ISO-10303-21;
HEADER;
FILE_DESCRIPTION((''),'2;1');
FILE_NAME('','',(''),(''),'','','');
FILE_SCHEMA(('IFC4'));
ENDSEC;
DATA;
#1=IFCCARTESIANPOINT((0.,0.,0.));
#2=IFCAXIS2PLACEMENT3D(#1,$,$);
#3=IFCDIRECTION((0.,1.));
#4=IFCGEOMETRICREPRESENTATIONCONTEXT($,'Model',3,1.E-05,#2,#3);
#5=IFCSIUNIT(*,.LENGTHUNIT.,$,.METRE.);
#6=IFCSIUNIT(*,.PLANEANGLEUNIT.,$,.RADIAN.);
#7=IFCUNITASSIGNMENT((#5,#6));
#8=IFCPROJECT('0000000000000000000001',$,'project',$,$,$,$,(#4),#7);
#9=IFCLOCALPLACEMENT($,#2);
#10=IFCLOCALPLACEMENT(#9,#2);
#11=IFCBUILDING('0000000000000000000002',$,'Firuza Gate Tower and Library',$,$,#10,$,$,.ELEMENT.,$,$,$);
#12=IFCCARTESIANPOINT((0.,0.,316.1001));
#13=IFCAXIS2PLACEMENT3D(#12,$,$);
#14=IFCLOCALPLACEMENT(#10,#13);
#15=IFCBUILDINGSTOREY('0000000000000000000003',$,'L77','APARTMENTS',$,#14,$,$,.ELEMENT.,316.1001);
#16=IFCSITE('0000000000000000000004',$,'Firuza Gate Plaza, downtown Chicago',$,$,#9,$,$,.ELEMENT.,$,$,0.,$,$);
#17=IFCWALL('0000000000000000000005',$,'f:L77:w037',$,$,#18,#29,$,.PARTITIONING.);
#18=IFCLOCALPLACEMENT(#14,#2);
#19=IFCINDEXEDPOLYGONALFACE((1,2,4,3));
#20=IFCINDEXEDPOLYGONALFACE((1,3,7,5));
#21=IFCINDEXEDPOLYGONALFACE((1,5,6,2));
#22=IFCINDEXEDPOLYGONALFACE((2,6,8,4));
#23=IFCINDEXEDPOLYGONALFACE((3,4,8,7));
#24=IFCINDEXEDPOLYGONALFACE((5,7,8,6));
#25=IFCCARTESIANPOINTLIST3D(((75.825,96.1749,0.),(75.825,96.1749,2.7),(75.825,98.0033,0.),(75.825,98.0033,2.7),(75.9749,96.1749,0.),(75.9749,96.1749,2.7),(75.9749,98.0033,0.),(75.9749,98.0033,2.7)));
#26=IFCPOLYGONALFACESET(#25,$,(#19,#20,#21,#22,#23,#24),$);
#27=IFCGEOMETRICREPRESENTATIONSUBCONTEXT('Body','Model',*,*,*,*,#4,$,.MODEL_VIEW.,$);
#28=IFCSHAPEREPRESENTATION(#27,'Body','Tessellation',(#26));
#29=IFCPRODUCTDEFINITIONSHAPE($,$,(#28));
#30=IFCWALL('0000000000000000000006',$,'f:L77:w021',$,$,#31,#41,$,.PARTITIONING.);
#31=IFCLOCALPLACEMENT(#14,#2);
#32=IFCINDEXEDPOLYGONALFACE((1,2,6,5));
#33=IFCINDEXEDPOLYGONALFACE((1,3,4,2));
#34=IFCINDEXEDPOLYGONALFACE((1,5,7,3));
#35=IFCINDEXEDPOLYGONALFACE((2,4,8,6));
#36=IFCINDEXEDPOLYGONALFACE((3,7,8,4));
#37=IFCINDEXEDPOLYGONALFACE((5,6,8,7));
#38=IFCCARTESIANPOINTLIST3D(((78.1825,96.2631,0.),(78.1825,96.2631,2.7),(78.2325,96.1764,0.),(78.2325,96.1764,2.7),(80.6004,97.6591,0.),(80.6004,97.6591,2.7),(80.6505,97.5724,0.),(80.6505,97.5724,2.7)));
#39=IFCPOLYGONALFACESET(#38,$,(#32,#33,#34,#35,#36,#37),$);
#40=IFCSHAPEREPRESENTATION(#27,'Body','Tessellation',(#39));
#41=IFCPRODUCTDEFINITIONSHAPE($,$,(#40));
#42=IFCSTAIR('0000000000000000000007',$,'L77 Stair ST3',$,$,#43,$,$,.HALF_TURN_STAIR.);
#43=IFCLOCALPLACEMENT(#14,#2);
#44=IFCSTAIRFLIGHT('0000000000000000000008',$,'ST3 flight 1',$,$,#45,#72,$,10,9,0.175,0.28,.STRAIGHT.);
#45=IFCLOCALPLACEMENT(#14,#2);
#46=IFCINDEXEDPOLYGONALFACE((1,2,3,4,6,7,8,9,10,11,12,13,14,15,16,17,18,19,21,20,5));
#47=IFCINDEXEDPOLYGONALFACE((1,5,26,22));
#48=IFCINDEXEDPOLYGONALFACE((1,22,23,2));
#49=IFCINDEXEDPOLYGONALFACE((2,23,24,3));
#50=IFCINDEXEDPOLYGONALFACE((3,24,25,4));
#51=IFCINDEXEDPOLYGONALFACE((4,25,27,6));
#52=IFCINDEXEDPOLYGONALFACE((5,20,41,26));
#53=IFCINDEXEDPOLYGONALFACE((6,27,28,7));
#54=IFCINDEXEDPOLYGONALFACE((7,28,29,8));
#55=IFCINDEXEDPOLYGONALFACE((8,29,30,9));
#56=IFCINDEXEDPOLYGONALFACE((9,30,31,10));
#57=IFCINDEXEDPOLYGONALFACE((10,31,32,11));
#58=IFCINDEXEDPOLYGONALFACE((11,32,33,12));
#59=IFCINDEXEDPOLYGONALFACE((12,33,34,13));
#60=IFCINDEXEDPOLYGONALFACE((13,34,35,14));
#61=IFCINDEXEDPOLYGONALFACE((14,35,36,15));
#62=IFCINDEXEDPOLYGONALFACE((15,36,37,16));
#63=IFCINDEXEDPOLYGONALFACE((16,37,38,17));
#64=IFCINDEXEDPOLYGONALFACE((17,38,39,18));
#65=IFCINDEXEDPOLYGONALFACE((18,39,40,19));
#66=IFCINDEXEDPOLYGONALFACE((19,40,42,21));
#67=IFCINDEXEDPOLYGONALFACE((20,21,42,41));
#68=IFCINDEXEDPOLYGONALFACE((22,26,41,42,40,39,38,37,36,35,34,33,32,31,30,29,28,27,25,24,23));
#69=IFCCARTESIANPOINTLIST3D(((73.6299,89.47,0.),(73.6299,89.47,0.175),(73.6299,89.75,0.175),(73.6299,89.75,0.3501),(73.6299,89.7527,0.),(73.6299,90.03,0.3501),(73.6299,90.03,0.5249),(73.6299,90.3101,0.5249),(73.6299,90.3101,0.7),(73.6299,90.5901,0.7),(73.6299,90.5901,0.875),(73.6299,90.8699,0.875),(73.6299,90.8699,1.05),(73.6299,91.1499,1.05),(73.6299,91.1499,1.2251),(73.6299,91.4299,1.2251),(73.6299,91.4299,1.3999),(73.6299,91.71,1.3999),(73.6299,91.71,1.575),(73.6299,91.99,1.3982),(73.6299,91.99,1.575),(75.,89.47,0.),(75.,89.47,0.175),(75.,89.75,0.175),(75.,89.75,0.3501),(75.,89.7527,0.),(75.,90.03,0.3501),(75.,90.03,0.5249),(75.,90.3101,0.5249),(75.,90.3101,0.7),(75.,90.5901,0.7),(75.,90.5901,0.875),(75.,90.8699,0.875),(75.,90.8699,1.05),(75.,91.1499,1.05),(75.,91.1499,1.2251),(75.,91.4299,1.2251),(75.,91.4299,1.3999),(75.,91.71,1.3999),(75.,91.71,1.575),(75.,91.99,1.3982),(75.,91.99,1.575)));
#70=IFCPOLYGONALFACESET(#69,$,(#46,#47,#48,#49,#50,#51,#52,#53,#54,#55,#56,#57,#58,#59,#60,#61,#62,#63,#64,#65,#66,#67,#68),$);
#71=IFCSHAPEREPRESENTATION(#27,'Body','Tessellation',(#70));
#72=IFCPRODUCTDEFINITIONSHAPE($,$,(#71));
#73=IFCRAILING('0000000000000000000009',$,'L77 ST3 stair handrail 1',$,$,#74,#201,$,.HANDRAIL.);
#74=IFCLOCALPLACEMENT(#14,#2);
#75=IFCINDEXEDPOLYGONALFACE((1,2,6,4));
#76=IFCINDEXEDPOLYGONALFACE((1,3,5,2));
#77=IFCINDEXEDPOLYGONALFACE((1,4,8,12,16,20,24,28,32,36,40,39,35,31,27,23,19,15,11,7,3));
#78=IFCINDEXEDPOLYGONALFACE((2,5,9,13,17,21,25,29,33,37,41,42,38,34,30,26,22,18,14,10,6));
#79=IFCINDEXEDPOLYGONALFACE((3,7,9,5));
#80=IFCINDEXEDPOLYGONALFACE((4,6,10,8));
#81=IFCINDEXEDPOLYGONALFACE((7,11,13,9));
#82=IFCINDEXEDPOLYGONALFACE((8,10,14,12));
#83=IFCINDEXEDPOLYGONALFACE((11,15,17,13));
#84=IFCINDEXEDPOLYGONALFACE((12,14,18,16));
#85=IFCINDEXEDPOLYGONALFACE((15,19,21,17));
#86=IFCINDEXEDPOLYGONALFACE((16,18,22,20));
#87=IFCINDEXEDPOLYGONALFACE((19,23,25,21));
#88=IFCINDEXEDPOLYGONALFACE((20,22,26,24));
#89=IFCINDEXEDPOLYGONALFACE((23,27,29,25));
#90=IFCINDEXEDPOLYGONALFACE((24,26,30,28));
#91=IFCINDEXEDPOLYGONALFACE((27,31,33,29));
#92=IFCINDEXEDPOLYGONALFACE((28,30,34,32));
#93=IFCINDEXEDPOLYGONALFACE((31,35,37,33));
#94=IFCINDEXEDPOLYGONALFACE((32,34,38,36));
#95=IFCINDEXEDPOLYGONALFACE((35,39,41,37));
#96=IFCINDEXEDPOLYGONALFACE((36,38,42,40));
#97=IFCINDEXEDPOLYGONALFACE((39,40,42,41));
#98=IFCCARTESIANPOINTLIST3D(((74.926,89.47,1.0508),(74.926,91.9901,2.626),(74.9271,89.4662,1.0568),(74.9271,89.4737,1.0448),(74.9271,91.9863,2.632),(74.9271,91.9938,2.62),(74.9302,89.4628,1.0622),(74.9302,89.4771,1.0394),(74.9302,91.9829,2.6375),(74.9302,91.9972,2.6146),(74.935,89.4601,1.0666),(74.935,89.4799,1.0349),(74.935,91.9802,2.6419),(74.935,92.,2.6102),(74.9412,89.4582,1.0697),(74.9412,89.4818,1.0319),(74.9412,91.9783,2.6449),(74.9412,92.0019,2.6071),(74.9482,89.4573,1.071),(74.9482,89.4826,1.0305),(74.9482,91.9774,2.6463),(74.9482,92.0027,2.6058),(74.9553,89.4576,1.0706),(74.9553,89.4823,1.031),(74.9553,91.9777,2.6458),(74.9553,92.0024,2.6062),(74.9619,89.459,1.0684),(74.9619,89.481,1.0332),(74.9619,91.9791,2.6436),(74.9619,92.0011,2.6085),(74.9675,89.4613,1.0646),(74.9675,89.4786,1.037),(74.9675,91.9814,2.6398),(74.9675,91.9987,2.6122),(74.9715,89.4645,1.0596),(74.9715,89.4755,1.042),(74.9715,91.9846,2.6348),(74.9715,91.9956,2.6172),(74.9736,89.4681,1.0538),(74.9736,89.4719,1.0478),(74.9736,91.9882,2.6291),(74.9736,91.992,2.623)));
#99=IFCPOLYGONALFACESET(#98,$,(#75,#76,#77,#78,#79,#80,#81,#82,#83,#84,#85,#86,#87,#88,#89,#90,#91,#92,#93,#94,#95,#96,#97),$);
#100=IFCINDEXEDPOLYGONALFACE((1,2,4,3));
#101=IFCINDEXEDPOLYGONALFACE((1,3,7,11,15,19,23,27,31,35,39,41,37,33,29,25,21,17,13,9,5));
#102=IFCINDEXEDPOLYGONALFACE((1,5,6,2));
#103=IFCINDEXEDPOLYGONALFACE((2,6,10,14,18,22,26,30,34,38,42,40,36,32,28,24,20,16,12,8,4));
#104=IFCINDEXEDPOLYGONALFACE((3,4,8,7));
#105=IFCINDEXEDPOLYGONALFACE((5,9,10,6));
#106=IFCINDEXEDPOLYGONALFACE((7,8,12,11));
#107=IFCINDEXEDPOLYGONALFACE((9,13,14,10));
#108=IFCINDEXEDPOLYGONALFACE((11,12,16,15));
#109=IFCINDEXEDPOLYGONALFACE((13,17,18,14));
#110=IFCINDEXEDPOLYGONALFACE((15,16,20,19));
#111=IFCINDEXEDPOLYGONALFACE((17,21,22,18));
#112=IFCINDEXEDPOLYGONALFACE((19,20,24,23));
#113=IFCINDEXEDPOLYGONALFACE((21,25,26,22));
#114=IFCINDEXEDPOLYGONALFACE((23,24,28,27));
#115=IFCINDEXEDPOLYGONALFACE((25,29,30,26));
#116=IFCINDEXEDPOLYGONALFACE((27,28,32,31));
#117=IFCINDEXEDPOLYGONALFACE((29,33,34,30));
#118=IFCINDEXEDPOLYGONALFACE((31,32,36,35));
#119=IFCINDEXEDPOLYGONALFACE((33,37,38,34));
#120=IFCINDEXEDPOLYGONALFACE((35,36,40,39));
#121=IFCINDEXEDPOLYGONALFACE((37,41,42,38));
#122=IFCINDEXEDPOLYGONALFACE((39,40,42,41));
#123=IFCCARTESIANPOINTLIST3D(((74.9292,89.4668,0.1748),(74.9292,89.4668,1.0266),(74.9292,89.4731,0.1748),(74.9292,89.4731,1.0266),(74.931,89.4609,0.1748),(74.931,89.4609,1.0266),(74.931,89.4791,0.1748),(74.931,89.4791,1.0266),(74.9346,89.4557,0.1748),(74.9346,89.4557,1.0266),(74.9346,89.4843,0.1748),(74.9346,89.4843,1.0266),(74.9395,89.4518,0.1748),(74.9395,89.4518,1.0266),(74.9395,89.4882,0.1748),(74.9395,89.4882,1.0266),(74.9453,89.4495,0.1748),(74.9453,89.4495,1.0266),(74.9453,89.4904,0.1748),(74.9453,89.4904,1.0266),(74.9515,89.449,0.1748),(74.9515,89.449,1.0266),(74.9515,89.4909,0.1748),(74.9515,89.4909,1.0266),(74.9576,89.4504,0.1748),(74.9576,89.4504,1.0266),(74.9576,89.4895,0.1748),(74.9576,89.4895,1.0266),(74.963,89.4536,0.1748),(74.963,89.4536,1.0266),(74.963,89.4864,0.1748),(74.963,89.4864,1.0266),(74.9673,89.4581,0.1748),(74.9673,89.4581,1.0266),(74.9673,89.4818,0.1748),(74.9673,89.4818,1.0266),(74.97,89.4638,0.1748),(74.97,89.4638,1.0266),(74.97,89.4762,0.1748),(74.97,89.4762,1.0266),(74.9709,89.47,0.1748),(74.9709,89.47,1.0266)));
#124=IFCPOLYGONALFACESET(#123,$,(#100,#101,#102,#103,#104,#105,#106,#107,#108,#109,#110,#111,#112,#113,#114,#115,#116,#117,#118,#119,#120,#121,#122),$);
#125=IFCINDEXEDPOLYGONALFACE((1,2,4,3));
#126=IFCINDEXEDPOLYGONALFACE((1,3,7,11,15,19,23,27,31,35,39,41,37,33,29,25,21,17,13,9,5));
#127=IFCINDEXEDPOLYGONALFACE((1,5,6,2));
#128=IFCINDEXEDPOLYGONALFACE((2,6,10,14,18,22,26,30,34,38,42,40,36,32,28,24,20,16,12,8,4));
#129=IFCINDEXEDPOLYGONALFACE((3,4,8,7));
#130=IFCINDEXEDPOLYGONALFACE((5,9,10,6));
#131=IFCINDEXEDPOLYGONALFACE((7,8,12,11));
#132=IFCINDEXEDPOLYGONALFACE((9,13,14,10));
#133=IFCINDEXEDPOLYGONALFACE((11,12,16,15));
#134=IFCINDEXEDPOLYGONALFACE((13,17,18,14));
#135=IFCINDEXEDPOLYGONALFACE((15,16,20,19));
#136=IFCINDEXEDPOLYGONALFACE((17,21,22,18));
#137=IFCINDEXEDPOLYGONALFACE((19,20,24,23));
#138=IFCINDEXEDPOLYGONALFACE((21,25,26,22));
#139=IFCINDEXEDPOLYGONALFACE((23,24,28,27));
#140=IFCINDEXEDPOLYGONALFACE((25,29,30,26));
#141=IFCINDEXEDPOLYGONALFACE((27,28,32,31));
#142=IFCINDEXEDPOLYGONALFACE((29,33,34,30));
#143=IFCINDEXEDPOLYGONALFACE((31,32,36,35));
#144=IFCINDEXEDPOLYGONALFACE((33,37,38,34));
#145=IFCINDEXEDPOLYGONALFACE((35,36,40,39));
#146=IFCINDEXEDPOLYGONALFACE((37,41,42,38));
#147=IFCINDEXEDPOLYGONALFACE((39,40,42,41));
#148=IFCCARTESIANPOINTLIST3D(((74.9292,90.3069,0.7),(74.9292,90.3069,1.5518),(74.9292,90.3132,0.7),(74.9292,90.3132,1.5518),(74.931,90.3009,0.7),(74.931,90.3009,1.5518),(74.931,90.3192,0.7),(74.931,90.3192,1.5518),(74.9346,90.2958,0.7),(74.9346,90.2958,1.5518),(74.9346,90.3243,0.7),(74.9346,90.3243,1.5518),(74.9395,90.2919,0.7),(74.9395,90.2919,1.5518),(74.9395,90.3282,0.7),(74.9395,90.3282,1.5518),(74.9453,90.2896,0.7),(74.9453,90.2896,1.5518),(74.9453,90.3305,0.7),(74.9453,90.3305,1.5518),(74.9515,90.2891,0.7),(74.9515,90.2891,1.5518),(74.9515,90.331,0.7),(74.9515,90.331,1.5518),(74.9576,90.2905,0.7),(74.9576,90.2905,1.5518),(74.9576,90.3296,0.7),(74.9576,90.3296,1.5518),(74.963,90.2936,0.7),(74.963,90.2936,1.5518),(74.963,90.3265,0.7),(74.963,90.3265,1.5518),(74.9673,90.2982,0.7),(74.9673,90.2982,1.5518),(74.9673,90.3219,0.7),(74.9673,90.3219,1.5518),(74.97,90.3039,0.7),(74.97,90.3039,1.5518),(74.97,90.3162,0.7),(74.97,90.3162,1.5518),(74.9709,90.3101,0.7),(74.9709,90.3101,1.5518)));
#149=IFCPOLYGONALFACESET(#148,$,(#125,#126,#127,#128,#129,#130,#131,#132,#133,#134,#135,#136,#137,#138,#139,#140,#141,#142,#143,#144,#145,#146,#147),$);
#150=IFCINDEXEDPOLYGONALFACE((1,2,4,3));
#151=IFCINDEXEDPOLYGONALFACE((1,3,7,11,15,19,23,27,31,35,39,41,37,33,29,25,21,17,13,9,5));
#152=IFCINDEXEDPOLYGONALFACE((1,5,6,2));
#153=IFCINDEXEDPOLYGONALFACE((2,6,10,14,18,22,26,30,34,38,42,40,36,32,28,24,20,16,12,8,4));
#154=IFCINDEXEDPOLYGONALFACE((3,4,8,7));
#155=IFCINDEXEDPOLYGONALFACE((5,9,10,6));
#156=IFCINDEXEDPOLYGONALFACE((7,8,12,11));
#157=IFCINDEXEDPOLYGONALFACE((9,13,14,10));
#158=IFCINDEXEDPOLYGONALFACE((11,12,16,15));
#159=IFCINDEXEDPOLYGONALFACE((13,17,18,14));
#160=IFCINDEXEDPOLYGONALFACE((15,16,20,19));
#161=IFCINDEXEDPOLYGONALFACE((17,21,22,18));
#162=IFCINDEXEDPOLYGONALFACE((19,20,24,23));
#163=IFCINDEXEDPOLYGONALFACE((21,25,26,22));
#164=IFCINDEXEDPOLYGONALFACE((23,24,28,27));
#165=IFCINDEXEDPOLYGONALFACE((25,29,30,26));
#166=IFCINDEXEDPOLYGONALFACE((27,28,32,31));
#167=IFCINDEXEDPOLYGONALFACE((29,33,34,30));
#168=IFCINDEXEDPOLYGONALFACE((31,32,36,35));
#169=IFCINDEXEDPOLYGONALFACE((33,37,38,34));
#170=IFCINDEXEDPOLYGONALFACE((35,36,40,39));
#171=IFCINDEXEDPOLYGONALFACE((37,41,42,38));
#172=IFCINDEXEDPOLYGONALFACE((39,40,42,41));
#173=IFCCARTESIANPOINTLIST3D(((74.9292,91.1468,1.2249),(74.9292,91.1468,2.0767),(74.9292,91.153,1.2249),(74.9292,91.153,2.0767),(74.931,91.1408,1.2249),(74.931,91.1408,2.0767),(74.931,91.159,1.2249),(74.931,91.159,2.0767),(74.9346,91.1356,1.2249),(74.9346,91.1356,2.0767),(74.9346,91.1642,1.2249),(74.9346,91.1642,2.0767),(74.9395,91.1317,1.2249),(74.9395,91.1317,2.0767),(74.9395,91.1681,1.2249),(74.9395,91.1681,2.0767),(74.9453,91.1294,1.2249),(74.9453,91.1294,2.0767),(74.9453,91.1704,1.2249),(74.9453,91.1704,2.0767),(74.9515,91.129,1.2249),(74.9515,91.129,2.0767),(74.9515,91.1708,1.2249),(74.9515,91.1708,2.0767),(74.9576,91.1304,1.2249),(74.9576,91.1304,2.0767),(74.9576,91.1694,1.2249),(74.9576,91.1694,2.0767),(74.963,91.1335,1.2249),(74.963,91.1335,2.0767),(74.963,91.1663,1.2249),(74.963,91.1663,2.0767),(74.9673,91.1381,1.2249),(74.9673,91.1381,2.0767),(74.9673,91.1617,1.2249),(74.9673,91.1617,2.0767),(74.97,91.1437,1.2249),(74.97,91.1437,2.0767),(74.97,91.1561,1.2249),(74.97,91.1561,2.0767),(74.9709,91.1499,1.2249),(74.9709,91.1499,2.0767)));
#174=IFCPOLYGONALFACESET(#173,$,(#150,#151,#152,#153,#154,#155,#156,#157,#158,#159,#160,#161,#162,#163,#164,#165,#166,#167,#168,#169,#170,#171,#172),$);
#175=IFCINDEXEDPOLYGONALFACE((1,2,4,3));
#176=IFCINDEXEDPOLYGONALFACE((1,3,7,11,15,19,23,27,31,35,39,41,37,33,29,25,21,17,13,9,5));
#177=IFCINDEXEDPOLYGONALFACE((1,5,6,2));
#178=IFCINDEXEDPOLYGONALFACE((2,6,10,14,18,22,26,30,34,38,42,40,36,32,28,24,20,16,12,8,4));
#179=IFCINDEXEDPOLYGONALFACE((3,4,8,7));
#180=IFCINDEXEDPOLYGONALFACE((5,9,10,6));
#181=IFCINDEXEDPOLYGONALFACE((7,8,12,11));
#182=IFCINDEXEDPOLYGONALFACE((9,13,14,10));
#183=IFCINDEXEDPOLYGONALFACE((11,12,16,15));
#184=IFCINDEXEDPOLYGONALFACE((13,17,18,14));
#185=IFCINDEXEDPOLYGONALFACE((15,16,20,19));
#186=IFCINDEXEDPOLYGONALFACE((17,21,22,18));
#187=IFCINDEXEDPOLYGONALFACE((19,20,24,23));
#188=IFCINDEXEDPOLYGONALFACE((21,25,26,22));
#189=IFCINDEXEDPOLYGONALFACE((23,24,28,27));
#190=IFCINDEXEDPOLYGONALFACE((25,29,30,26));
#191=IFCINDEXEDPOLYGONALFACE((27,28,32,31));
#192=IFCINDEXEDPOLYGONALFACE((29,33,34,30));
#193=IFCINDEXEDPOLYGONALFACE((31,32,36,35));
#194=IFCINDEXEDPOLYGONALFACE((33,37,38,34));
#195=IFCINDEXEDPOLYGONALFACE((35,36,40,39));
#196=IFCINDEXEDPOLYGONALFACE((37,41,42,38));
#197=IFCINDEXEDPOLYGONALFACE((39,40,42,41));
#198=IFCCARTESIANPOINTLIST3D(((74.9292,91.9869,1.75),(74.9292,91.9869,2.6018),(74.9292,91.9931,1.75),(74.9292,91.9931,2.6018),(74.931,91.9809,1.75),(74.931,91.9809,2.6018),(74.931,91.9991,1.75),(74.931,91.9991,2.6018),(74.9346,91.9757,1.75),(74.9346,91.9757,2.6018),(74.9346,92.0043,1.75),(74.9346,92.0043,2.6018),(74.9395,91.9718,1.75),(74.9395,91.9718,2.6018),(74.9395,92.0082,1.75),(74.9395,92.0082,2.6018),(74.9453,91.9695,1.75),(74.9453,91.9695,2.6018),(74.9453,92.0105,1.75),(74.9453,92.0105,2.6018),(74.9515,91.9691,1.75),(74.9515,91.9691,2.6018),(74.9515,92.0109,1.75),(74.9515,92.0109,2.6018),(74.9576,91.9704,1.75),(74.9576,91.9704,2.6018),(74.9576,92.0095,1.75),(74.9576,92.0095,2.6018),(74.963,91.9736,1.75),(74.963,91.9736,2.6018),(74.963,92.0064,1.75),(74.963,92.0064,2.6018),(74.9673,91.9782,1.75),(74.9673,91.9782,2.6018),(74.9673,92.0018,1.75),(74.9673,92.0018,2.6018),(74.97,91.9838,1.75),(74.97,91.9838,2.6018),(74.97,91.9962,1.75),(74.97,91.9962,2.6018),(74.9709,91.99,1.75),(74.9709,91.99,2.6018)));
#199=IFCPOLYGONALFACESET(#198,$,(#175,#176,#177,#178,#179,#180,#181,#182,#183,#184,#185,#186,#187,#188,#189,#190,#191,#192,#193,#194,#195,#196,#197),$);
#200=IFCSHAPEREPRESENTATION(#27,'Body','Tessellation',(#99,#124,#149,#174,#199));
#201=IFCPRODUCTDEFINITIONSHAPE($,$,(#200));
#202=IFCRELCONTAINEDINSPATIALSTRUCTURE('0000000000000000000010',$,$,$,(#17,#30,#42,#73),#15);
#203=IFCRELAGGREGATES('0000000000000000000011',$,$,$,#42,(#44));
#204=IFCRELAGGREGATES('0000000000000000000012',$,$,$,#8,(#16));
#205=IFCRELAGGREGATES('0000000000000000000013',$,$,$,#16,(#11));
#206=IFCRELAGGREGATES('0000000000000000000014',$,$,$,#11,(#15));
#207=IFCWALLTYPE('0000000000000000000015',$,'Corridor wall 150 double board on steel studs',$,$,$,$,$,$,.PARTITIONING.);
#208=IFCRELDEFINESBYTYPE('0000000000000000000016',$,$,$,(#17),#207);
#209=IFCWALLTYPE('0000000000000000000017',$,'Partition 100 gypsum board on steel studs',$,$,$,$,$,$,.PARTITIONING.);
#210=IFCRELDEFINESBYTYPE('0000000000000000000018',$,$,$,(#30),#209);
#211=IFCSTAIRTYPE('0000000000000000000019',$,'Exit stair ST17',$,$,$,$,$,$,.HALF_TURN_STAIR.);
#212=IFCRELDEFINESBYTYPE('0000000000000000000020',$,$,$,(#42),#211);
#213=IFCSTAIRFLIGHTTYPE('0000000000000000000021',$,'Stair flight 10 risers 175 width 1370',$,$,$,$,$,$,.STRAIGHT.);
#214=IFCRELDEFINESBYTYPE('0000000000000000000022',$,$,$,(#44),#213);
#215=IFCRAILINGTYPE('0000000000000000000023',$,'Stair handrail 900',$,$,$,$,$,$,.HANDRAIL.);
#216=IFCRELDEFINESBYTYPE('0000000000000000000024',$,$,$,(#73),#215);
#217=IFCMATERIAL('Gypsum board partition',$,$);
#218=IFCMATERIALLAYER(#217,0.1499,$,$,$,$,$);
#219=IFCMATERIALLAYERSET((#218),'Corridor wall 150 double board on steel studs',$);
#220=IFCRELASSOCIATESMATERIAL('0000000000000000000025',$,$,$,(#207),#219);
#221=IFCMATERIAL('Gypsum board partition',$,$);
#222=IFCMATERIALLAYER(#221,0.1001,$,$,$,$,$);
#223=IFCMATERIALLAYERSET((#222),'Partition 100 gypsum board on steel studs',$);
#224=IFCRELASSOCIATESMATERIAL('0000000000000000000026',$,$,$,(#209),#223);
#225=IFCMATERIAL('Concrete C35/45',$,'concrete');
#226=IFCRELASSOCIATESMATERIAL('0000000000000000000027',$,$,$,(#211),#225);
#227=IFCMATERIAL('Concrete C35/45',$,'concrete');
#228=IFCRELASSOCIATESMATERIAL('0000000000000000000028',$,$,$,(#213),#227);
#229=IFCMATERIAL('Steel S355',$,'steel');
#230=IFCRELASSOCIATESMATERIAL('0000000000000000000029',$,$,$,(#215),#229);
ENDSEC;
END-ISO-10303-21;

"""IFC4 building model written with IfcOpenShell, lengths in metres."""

from ifc_helpers import new_model, si_unit, direction, frame, frame_2d, origin, origin_2d, place, context, subcontext, project, spatial, polyline, rectangle, circle, outline, extrude, material, layer, layer_set, type_object, element, aggregate, save


model = new_model("IFC4")

# Units and contexts
model_context = context("Model", 3, precision=1e-05, world=origin(), true_north=direction((0.0, 1.0)))
body_context = subcontext(model_context, "Body", "Model", "MODEL_VIEW")
ifc_project = project(units=[si_unit("LENGTHUNIT", "METRE"), si_unit("PLANEANGLEUNIT", "RADIAN")], contexts=[model_context])

# Site, building, storey
site_placement = place(None, origin())
site = spatial("IfcSite", under=ifc_project, at=site_placement, Name="Firuza Gate Plaza, downtown Chicago", CompositionType="ELEMENT", RefElevation=0.0)
building_placement = place(site_placement, origin())
building = spatial("IfcBuilding", under=site, at=building_placement, Name="Firuza Gate Tower and Library", CompositionType="ELEMENT")
storey_placement = place(building_placement, frame((0.0, 0.0, 316.1001)))
storey = spatial("IfcBuildingStorey", under=building, at=storey_placement, Name="L77", Description="APARTMENTS", CompositionType="ELEMENT", Elevation=316.1001)

# Shared definitions
placement = place(storey_placement, origin())

# Walls
ifc_material_1 = material(Name="Gypsum board partition")
ifc_layer_1 = layer(ifc_material_1, 0.1499)
ifc_layer_set_1 = layer_set([ifc_layer_1], Name="Corridor wall 150 double board on steel studs")
wall_type_1 = type_object("IfcWallType", Name="Corridor wall 150 double board on steel studs", PredefinedType="PARTITIONING", material=ifc_layer_set_1)
wall_1_placement = place(storey_placement, frame((75.8999, 96.175, 0.0), z_axis=(0.0, 0.0, 1.0), x_axis=(0.0, 1.0, 0.0)))
element("IfcWall", 1, at=wall_1_placement, inside=storey, type_object=wall_type_1, Name="f:L77:w037", PredefinedType="PARTITIONING", context=body_context, shape_type="SweptSolid", body=[
    extrude(rectangle(XDim=1.8284, YDim=0.1499, at=frame_2d((0.9141, 0.0))), origin(), (0.0, 0.0, 1.0), 2.7),
])
ifc_material_2 = material(Name="Gypsum board partition")
ifc_layer_2 = layer(ifc_material_2, 0.1001)
ifc_layer_set_2 = layer_set([ifc_layer_2], Name="Partition 100 gypsum board on steel studs")
wall_type_2 = type_object("IfcWallType", Name="Partition 100 gypsum board on steel studs", PredefinedType="PARTITIONING", material=ifc_layer_set_2)
wall_2_placement = place(storey_placement, frame((78.2075, 96.2197, 0.0), z_axis=(0.0, 0.0, 1.0), x_axis=(0.866028, 0.499995, 0.0)))
element("IfcWall", 2, at=wall_2_placement, inside=storey, type_object=wall_type_2, Name="f:L77:w021", PredefinedType="PARTITIONING", context=body_context, shape_type="SweptSolid", body=[
    extrude(rectangle(XDim=2.792, YDim=0.1001, at=frame_2d((1.396, 0.0))), origin(), (0.0, 0.0, 1.0), 2.7),
])

# Stair, stair flight
ifc_material_3 = material(Name="Concrete C35/45", Category="concrete")
stair_type = type_object("IfcStairType", Name="Exit stair ST17", PredefinedType="HALF_TURN_STAIR", material=ifc_material_3)
stair = element("IfcStair", 3, at=placement, inside=storey, type_object=stair_type, Name="L77 Stair ST3", PredefinedType="HALF_TURN_STAIR")
ifc_material_4 = material(Name="Concrete C35/45", Category="concrete")
stair_flight_type = type_object("IfcStairFlightType", Name="Stair flight 10 risers 175 width 1370", PredefinedType="STRAIGHT", material=ifc_material_4)
stair_flight_placement = place(storey_placement, frame((74.3149, 89.47, 0.0), z_axis=(0.0, 0.0, 1.0), x_axis=(0.0, 1.0, 0.0)))
stair_flight = element("IfcStairFlight", 4, at=stair_flight_placement, type_object=stair_flight_type, Name="ST3 flight 1", NumberOfRisers=10, NumberOfTreads=9, PredefinedType="STRAIGHT", RiserHeight=0.175, TreadLength=0.28, context=body_context, shape_type="SweptSolid", body=[
    extrude(outline(polyline([(0.0, 0.0), (0.0, 0.175), (0.28, 0.175), (0.28, 0.3501), (0.5601, 0.3501), (0.5601, 0.5249), (0.8401, 0.5249), (0.8401, 0.7), (1.1201, 0.7), (1.1201, 0.875), (1.3999, 0.875), (1.3999, 1.05), (1.6799, 1.05), (1.6799, 1.2251), (1.96, 1.2251), (1.96, 1.3999), (2.24, 1.3999), (2.24, 1.575), (2.52, 1.575), (2.52, 1.75), (2.52, 1.3982), (0.2827, 0.0), (0.0, 0.0)])), frame((0.0, 0.6851, 0.0), z_axis=(0.0, -1.0, 0.0), x_axis=(1.0, 0.0, 0.0)), (0.0, 0.0, 1.0), 1.3701),
])
aggregate(stair, [stair_flight])

# Railing
ifc_material_5 = material(Name="Steel S355", Category="steel")
railing_type = type_object("IfcRailingType", Name="Stair handrail 900", PredefinedType="HANDRAIL", material=ifc_material_5)
railing_placement = place(storey_placement, frame((74.95, 89.47, 0.1748)))
element("IfcRailing", 5, at=railing_placement, inside=storey, type_object=railing_type, Name="L77 ST3 stair handrail 1", PredefinedType="HANDRAIL", context=body_context, shape_type="SweptSolid", body=[
    extrude(circle(Radius=0.0239, at=origin_2d()), frame((0.0, 0.0, 0.876), z_axis=(0.0, 0.847971, 0.530043), x_axis=(-1.0, 0.0, 0.0)), (0.0, 0.0, 1.0), 2.9719),
    extrude(circle(Radius=0.021, at=origin_2d()), origin(), (0.0, 0.0, 1.0), 0.8518),
    extrude(circle(Radius=0.021, at=origin_2d()), frame((0.0, 0.8401, 0.5251)), (0.0, 0.0, 1.0), 0.8518),
    extrude(circle(Radius=0.021, at=origin_2d()), frame((0.0, 1.6799, 1.05)), (0.0, 0.0, 1.0), 0.8518),
    extrude(circle(Radius=0.021, at=origin_2d()), frame((0.0, 2.52, 1.5752)), (0.0, 0.0, 1.0), 0.8518),
])

save(model, "model.ifc")
